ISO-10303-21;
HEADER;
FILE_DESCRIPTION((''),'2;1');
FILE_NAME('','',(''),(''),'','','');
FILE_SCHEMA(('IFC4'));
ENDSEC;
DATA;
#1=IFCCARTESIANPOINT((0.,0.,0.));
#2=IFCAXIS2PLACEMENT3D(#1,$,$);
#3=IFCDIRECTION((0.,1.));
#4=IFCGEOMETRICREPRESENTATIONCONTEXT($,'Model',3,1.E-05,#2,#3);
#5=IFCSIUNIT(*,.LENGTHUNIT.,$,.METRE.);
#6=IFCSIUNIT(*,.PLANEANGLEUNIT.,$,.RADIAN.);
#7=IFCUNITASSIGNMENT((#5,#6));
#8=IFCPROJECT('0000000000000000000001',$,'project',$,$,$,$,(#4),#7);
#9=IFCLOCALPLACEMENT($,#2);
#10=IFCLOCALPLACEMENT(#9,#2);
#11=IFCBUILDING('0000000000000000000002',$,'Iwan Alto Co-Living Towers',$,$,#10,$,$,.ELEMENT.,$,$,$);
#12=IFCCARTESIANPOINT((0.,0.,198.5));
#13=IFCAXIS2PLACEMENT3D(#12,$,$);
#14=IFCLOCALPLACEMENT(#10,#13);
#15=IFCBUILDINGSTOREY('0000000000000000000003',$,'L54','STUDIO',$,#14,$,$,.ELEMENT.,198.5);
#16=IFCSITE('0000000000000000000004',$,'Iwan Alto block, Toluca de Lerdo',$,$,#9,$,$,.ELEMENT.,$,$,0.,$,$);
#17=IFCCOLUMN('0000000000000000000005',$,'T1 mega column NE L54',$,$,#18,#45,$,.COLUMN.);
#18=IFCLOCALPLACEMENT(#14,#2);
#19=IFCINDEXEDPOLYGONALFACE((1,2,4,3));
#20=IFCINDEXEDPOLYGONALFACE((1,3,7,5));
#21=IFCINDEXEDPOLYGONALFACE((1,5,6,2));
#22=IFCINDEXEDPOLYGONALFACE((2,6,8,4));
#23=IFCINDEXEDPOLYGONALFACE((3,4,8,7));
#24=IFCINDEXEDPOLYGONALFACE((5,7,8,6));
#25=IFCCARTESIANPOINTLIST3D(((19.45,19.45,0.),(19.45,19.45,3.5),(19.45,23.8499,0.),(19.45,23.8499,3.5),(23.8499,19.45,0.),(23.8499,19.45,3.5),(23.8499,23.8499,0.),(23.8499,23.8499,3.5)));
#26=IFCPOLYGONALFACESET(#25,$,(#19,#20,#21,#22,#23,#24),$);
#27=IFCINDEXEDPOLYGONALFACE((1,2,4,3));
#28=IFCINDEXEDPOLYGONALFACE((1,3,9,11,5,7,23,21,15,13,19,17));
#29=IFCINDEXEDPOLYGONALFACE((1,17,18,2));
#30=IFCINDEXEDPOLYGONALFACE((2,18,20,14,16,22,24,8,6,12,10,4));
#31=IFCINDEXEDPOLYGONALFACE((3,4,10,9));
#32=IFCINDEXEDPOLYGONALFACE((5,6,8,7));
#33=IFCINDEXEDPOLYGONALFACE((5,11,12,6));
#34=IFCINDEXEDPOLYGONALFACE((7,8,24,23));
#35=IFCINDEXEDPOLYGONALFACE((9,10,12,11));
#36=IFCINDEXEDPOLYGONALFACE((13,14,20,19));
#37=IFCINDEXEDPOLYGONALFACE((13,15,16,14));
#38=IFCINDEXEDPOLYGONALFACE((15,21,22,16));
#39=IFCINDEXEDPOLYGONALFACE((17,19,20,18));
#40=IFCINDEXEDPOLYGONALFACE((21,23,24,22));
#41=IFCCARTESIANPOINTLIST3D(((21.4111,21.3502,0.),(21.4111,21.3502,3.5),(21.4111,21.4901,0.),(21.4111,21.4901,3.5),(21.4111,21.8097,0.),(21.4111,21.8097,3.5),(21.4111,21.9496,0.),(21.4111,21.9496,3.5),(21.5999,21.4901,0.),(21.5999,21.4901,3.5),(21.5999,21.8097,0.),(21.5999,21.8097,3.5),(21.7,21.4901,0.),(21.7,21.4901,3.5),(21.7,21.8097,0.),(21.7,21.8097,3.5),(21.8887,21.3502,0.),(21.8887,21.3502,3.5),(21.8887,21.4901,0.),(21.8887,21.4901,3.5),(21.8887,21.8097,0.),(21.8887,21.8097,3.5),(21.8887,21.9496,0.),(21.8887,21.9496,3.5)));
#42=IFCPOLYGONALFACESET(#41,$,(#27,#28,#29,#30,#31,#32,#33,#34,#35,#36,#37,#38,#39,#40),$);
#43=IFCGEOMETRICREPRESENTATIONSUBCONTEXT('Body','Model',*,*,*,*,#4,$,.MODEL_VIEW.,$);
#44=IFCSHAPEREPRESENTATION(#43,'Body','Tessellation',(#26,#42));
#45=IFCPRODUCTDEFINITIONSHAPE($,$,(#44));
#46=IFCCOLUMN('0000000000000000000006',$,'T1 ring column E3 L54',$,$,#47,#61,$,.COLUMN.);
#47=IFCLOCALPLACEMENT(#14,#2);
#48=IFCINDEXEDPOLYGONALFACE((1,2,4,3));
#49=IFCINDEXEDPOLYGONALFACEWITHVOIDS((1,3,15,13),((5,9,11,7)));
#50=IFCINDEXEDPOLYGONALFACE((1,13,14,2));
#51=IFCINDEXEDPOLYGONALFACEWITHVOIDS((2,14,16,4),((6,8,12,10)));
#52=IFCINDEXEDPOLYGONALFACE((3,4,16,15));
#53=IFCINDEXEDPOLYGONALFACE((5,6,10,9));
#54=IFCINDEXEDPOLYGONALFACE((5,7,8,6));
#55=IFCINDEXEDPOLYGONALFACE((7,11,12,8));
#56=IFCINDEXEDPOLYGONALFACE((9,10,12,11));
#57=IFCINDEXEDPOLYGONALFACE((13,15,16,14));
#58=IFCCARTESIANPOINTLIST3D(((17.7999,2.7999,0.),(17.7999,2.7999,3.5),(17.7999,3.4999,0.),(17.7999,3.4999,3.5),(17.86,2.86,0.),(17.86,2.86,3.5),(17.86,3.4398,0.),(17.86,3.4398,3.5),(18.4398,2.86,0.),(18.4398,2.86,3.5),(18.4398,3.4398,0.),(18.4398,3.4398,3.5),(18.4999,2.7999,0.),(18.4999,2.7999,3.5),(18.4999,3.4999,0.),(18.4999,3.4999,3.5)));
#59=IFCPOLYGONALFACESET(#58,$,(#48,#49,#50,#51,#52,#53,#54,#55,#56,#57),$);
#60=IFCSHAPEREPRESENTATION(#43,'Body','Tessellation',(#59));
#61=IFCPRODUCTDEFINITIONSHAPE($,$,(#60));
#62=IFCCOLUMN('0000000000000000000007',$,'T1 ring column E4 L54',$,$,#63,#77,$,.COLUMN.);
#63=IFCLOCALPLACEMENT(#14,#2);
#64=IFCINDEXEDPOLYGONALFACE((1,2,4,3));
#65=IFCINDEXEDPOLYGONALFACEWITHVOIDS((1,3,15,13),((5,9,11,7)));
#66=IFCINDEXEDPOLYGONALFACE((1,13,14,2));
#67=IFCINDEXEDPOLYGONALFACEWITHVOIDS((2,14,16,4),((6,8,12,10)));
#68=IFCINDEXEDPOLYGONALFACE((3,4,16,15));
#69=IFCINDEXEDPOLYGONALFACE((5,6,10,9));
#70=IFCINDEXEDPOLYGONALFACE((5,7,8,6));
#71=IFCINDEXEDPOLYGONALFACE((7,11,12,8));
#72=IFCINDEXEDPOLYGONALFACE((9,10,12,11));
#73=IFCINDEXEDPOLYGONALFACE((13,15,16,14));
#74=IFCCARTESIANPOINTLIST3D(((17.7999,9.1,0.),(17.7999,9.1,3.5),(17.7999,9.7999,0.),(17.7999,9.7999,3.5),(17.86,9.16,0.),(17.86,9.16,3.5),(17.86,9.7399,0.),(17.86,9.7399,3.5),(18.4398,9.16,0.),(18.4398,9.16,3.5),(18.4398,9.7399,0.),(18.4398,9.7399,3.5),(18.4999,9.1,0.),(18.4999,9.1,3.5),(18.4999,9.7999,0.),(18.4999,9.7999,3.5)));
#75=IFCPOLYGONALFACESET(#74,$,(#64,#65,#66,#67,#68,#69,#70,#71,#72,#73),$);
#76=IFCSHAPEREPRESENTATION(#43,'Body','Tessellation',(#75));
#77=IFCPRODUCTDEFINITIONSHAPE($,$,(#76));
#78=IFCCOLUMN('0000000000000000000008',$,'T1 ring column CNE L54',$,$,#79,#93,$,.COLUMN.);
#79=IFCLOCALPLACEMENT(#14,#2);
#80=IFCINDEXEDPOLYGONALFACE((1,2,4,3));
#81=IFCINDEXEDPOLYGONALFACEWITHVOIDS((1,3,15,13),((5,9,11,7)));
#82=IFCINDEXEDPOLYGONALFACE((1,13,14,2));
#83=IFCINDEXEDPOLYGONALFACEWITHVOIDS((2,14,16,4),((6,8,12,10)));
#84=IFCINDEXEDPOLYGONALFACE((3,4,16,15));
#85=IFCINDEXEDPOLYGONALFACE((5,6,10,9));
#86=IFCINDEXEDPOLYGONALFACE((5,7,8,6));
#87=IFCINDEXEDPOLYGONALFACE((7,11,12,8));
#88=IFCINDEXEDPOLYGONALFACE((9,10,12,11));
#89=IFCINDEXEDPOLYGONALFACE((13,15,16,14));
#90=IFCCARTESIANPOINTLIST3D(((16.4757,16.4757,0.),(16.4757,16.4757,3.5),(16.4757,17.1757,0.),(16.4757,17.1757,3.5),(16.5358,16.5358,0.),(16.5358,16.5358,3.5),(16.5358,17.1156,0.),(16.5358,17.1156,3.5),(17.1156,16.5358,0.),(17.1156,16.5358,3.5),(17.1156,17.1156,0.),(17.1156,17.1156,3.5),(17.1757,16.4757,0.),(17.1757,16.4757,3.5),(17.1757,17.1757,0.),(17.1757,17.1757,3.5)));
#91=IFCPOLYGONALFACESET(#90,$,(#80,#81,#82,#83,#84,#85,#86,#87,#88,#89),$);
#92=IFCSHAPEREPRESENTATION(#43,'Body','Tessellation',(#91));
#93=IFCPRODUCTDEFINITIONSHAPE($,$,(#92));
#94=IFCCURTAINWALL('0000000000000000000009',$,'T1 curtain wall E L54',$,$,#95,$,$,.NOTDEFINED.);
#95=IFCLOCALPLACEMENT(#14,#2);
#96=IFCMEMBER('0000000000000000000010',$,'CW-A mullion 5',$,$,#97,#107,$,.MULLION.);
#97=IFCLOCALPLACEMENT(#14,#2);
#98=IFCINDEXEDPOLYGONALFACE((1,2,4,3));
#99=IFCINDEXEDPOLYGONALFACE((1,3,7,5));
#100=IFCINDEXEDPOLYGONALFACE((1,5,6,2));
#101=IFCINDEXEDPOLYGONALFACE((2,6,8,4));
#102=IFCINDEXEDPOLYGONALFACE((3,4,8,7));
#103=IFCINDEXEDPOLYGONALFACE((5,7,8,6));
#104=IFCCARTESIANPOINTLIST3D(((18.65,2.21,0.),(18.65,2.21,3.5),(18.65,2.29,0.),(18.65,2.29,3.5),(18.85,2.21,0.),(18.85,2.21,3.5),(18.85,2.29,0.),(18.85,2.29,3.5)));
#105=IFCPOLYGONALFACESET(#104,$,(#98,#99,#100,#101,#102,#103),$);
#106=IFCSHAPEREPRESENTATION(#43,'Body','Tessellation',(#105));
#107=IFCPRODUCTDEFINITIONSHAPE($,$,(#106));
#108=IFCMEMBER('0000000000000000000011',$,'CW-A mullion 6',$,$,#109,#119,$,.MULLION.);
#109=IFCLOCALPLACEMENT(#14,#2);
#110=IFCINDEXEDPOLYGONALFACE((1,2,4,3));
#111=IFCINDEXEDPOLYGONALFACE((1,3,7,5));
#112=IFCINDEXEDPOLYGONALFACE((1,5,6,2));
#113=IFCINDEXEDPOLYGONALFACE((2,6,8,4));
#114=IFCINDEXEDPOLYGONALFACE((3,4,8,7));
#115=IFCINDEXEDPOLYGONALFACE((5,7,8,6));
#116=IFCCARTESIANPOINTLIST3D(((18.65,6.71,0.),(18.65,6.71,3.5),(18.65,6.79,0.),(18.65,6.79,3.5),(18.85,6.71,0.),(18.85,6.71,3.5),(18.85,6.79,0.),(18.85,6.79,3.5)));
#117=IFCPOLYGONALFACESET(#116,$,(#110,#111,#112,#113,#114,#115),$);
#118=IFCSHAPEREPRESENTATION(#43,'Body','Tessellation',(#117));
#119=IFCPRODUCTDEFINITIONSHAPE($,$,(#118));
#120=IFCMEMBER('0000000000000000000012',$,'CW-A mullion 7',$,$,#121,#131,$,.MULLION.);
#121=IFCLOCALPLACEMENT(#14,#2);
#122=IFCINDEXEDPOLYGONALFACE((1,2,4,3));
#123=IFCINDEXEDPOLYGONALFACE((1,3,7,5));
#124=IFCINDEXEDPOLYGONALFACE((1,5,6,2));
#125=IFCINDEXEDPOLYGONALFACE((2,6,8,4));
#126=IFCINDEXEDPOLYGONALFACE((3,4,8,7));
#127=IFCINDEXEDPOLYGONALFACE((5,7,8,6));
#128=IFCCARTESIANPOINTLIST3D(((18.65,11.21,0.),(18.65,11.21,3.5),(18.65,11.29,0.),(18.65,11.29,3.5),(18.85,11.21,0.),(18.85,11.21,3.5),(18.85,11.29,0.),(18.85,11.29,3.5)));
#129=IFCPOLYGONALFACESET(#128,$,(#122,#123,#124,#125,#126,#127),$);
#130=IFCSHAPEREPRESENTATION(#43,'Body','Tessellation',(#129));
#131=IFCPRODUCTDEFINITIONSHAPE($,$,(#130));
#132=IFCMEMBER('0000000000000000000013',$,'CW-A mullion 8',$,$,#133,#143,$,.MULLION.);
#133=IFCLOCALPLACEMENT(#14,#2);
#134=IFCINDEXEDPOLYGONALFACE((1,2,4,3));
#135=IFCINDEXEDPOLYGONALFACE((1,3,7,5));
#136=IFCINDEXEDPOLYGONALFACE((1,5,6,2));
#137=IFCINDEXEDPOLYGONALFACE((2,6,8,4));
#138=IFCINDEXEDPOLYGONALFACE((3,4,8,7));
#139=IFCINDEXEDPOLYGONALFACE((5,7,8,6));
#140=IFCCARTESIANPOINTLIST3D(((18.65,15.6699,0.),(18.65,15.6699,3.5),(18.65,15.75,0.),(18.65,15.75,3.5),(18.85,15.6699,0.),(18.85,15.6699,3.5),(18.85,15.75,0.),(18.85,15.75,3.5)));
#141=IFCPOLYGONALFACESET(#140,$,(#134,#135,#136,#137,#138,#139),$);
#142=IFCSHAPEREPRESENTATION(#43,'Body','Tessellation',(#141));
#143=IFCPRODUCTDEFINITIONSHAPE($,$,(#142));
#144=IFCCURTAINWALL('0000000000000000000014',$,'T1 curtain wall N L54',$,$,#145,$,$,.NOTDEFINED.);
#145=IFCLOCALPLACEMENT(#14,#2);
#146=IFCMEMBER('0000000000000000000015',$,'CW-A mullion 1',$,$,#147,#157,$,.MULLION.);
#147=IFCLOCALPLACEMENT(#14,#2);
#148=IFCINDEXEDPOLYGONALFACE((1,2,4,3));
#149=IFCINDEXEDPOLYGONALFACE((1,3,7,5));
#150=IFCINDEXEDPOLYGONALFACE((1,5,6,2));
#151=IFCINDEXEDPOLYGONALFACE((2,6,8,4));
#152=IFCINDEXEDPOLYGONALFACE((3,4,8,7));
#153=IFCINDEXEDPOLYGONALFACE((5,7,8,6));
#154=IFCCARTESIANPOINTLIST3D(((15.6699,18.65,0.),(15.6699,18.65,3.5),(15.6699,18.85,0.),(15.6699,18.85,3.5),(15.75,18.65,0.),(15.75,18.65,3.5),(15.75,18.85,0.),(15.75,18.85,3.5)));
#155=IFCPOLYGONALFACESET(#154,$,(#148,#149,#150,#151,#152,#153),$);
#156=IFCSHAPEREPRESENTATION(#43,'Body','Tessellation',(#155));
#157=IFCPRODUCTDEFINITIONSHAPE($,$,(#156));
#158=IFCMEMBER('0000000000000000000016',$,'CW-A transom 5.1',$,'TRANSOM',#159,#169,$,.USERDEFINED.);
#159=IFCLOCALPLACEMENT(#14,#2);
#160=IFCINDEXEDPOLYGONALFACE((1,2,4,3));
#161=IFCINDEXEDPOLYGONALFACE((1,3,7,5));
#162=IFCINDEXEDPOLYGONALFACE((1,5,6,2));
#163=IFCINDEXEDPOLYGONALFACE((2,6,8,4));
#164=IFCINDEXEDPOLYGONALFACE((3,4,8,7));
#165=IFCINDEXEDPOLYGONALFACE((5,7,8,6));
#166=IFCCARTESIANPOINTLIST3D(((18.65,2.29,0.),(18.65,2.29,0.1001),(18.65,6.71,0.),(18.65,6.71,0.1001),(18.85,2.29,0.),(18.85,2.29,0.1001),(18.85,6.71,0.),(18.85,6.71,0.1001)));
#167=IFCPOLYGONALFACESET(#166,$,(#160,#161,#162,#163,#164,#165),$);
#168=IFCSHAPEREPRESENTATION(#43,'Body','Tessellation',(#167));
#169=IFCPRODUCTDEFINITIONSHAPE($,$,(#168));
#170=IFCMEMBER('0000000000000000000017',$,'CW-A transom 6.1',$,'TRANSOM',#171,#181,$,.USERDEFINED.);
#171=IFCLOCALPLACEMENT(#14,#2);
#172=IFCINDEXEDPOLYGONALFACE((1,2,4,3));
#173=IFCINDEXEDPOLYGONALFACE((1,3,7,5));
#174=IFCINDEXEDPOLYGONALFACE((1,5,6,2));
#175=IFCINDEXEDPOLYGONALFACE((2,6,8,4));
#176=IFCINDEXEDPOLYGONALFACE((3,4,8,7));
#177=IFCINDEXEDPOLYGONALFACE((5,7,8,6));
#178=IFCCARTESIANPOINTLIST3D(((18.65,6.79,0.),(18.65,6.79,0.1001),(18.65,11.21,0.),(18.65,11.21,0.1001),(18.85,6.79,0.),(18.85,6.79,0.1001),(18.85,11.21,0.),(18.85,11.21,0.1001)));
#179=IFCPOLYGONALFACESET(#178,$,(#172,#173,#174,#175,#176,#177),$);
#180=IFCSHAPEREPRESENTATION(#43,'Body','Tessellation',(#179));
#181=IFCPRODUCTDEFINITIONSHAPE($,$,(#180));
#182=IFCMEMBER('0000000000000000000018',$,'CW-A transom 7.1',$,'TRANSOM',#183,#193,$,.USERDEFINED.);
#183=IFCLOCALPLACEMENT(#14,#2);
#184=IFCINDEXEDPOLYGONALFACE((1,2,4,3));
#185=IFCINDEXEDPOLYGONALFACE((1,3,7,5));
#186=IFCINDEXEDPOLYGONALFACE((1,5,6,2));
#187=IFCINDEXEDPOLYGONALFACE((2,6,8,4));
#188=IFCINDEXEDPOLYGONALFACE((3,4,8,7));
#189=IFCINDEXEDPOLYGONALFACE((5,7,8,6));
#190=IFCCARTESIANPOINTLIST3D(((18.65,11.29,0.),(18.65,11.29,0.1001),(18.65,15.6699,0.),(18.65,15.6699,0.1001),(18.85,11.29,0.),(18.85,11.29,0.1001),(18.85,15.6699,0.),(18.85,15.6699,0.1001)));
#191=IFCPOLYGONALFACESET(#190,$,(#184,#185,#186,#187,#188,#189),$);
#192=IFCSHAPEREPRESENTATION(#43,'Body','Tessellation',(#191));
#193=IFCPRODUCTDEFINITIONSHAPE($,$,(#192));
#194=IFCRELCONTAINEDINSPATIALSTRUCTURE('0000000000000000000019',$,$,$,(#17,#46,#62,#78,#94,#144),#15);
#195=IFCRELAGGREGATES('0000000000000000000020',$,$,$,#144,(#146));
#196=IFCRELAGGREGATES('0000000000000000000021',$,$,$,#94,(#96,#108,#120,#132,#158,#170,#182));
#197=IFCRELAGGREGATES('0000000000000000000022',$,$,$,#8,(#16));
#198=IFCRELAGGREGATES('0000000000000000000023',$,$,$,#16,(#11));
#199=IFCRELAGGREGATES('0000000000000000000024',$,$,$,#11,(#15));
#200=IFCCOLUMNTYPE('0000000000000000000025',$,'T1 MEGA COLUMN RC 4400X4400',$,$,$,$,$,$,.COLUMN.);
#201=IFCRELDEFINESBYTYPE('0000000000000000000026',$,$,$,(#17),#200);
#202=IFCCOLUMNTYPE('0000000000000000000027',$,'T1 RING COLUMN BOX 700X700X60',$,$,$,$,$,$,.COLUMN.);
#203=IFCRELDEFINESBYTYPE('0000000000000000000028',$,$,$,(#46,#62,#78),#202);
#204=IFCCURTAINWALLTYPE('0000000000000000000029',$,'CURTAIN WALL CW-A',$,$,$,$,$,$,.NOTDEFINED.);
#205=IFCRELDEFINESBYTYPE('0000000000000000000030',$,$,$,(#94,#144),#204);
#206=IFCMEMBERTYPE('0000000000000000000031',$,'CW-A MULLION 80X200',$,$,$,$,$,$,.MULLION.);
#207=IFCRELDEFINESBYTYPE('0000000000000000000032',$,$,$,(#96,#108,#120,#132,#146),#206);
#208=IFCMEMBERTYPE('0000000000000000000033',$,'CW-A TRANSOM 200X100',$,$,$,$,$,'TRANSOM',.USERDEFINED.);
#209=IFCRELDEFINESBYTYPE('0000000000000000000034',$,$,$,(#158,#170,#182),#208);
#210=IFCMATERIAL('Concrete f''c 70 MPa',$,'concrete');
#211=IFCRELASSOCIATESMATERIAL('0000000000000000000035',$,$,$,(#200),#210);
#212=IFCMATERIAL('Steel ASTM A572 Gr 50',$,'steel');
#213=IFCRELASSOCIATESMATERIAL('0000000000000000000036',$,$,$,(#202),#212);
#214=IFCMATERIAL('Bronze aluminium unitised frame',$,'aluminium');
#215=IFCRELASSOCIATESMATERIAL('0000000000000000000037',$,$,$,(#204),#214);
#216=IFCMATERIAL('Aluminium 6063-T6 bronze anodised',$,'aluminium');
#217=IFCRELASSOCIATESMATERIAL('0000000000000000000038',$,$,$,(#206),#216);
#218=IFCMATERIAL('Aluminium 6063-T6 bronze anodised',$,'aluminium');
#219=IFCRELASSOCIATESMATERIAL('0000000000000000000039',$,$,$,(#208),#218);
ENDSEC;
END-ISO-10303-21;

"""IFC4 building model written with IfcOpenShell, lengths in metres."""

from ifc_helpers import new_model, si_unit, direction, frame, origin, origin_2d, place, context, subcontext, project, spatial, rectangle, hollow_rectangle, i_section, extrude, material, material_profile, profile_set, type_object, element, aggregate, save


model = new_model("IFC4")

# Units and contexts
model_context = context("Model", 3, precision=1e-05, world=origin(), true_north=direction((0.0, 1.0)))
body_context = subcontext(model_context, "Body", "Model", "MODEL_VIEW")
ifc_project = project(units=[si_unit("LENGTHUNIT", "METRE"), si_unit("PLANEANGLEUNIT", "RADIAN")], contexts=[model_context])

# Site, building, storey
site_placement = place(None, origin())
site = spatial("IfcSite", under=ifc_project, at=site_placement, Name="Iwan Alto block, Toluca de Lerdo", CompositionType="ELEMENT", RefElevation=0.0)
building_placement = place(site_placement, origin())
building = spatial("IfcBuilding", under=site, at=building_placement, Name="Iwan Alto Co-Living Towers", CompositionType="ELEMENT")
storey_placement = place(building_placement, frame((0.0, 0.0, 198.5)))
storey = spatial("IfcBuildingStorey", under=building, at=storey_placement, Name="L54", Description="STUDIO", CompositionType="ELEMENT", Elevation=198.5)

# Columns
ifc_material_1 = material(Name="Concrete f'c 70 MPa", Category="concrete")
ifc_material_profile_1 = material_profile(ifc_material_1, rectangle(XDim=4.3999, YDim=4.3999, at=origin_2d()), Name="RC 4400X4400")
ifc_profile_set_1 = profile_set([ifc_material_profile_1], Name="Concrete f'c 70 MPa")
column_type_1 = type_object("IfcColumnType", Name="T1 MEGA COLUMN RC 4400X4400", PredefinedType="COLUMN", material=ifc_profile_set_1)
column_placement = place(storey_placement, frame((21.6499, 21.6499, 0.0), z_axis=(0.0, 0.0, 1.0), x_axis=(1.0, 0.0, 0.0)))
element("IfcColumn", 1, at=column_placement, inside=storey, type_object=column_type_1, Name="T1 mega column NE L54", PredefinedType="COLUMN", context=body_context, shape_type="SweptSolid", body=[
    extrude(rectangle(XDim=4.3999, YDim=4.3999, at=origin_2d()), origin(), (0.0, 0.0, 1.0), 3.5),
    extrude(i_section(OverallWidth=0.4775, OverallDepth=0.5994, WebThickness=0.1001, FlangeThickness=0.1399, at=origin_2d()), origin(), (0.0, 0.0, 1.0), 3.5),
])
ifc_material_2 = material(Name="Steel ASTM A572 Gr 50", Category="steel")
ifc_material_profile_2 = material_profile(ifc_material_2, hollow_rectangle(XDim=0.7, YDim=0.7, WallThickness=0.0601, at=origin_2d()), Name="BOX 700X700X60")
ifc_profile_set_2 = profile_set([ifc_material_profile_2], Name="Steel ASTM A572 Gr 50")
column_type_2 = type_object("IfcColumnType", Name="T1 RING COLUMN BOX 700X700X60", PredefinedType="COLUMN", material=ifc_profile_set_2)
for number, where, z_axis, x_axis, name in (
    (2, (18.1499, 3.1499, 0.0), (0.0, 0.0, 1.0), (1.0, 0.0, 0.0), "T1 ring column E3 L54"),
    (3, (18.1499, 9.45, 0.0), (0.0, 0.0, 1.0), (1.0, 0.0, 0.0), "T1 ring column E4 L54"),
    (4, (16.8257, 16.8257, 0.0), (0.0, 0.0, 1.0), (1.0, 0.0, 0.0), "T1 ring column CNE L54"),
):
    element("IfcColumn", number, at=place(storey_placement, frame(where, z_axis=z_axis, x_axis=x_axis)), inside=storey, type_object=column_type_2, Name=name, PredefinedType="COLUMN", context=body_context, shape_type="SweptSolid", body=[
        extrude(hollow_rectangle(XDim=0.7, YDim=0.7, WallThickness=0.0601, at=origin_2d()), origin(), (0.0, 0.0, 1.0), 3.5),
    ])

# Curtain wall, members
ifc_material_3 = material(Name="Bronze aluminium unitised frame", Category="aluminium")
curtain_wall_type_1 = type_object("IfcCurtainWallType", Name="CURTAIN WALL CW-A", PredefinedType="NOTDEFINED", material=ifc_material_3)
curtain_wall_1_placement = place(storey_placement, origin())
curtain_wall_1 = element("IfcCurtainWall", 5, at=curtain_wall_1_placement, inside=storey, type_object=curtain_wall_type_1, Name="T1 curtain wall E L54", PredefinedType="NOTDEFINED")
ifc_material_4 = material(Name="Aluminium 6063-T6 bronze anodised", Category="aluminium")
ifc_material_profile_3 = material_profile(ifc_material_4, rectangle(XDim=0.2, YDim=0.0801, at=origin_2d()), Name="AL 80X200")
ifc_profile_set_3 = profile_set([ifc_material_profile_3], Name="Aluminium 6063-T6 bronze anodised")
member_type_1 = type_object("IfcMemberType", Name="CW-A MULLION 80X200", PredefinedType="MULLION", material=ifc_profile_set_3)
member_1_placement = place(storey_placement, frame((18.75, 2.25, 0.0), z_axis=(0.0, 0.0, 1.0), x_axis=(-1.0, 0.0, 0.0)))
member_1 = element("IfcMember", 6, at=member_1_placement, type_object=member_type_1, Name="CW-A mullion 5", PredefinedType="MULLION", context=body_context, shape_type="SweptSolid", body=[
    extrude(rectangle(XDim=0.2, YDim=0.0801, at=origin_2d()), origin(), (0.0, 0.0, 1.0), 3.5),
])
member_2_placement = place(storey_placement, frame((18.75, 6.75, 0.0), z_axis=(0.0, 0.0, 1.0), x_axis=(-1.0, 0.0, 0.0)))
member_2 = element("IfcMember", 7, at=member_2_placement, type_object=member_type_1, Name="CW-A mullion 6", PredefinedType="MULLION", context=body_context, shape_type="SweptSolid", body=[
    extrude(rectangle(XDim=0.2, YDim=0.0801, at=origin_2d()), origin(), (0.0, 0.0, 1.0), 3.5),
])
member_3_placement = place(storey_placement, frame((18.75, 11.25, 0.0), z_axis=(0.0, 0.0, 1.0), x_axis=(-1.0, 0.0, 0.0)))
member_3 = element("IfcMember", 8, at=member_3_placement, type_object=member_type_1, Name="CW-A mullion 7", PredefinedType="MULLION", context=body_context, shape_type="SweptSolid", body=[
    extrude(rectangle(XDim=0.2, YDim=0.0801, at=origin_2d()), origin(), (0.0, 0.0, 1.0), 3.5),
])
member_4_placement = place(storey_placement, frame((18.75, 15.71, 0.0), z_axis=(0.0, 0.0, 1.0), x_axis=(-1.0, 0.0, 0.0)))
member_4 = element("IfcMember", 9, at=member_4_placement, type_object=member_type_1, Name="CW-A mullion 8", PredefinedType="MULLION", context=body_context, shape_type="SweptSolid", body=[
    extrude(rectangle(XDim=0.2, YDim=0.0801, at=origin_2d()), origin(), (0.0, 0.0, 1.0), 3.5),
])

# Curtain wall, member
curtain_wall_2_placement = place(storey_placement, origin())
curtain_wall_2 = element("IfcCurtainWall", 10, at=curtain_wall_2_placement, inside=storey, type_object=curtain_wall_type_1, Name="T1 curtain wall N L54", PredefinedType="NOTDEFINED")
member_5_placement = place(storey_placement, frame((15.71, 18.75, 0.0), z_axis=(0.0, 0.0, 1.0), x_axis=(0.0, -1.0, 0.0)))
member_5 = element("IfcMember", 11, at=member_5_placement, type_object=member_type_1, Name="CW-A mullion 1", PredefinedType="MULLION", context=body_context, shape_type="SweptSolid", body=[
    extrude(rectangle(XDim=0.2, YDim=0.0801, at=origin_2d()), origin(), (0.0, 0.0, 1.0), 3.5),
])
aggregate(curtain_wall_2, [member_5])

# Members
ifc_material_5 = material(Name="Aluminium 6063-T6 bronze anodised", Category="aluminium")
ifc_material_profile_4 = material_profile(ifc_material_5, rectangle(XDim=0.2, YDim=0.1001, at=origin_2d()), Name="AL 200X100")
ifc_profile_set_4 = profile_set([ifc_material_profile_4], Name="Aluminium 6063-T6 bronze anodised")
member_type_2 = type_object("IfcMemberType", Name="CW-A TRANSOM 200X100", ElementType="TRANSOM", PredefinedType="USERDEFINED", material=ifc_profile_set_4)
member_6_placement = place(storey_placement, frame((18.75, 2.29, 0.05), z_axis=(0.0, 1.0, 0.0), x_axis=(-1.0, 0.0, 0.0)))
member_6 = element("IfcMember", 12, at=member_6_placement, type_object=member_type_2, Name="CW-A transom 5.1", ObjectType="TRANSOM", PredefinedType="USERDEFINED", context=body_context, shape_type="SweptSolid", body=[
    extrude(rectangle(XDim=0.2, YDim=0.1001, at=origin_2d()), origin(), (0.0, 0.0, 1.0), 4.4199),
])
member_7_placement = place(storey_placement, frame((18.75, 6.79, 0.05), z_axis=(0.0, 1.0, 0.0), x_axis=(-1.0, 0.0, 0.0)))
member_7 = element("IfcMember", 13, at=member_7_placement, type_object=member_type_2, Name="CW-A transom 6.1", ObjectType="TRANSOM", PredefinedType="USERDEFINED", context=body_context, shape_type="SweptSolid", body=[
    extrude(rectangle(XDim=0.2, YDim=0.1001, at=origin_2d()), origin(), (0.0, 0.0, 1.0), 4.4199),
])
member_8_placement = place(storey_placement, frame((18.75, 11.29, 0.05), z_axis=(0.0, 1.0, 0.0), x_axis=(-1.0, 0.0, 0.0)))
member_8 = element("IfcMember", 14, at=member_8_placement, type_object=member_type_2, Name="CW-A transom 7.1", ObjectType="TRANSOM", PredefinedType="USERDEFINED", context=body_context, shape_type="SweptSolid", body=[
    extrude(rectangle(XDim=0.2, YDim=0.1001, at=origin_2d()), origin(), (0.0, 0.0, 1.0), 4.3799),
])

aggregate(curtain_wall_1, [member_1, member_2, member_3, member_4, member_6, member_7, member_8])

save(model, "model.ifc")
